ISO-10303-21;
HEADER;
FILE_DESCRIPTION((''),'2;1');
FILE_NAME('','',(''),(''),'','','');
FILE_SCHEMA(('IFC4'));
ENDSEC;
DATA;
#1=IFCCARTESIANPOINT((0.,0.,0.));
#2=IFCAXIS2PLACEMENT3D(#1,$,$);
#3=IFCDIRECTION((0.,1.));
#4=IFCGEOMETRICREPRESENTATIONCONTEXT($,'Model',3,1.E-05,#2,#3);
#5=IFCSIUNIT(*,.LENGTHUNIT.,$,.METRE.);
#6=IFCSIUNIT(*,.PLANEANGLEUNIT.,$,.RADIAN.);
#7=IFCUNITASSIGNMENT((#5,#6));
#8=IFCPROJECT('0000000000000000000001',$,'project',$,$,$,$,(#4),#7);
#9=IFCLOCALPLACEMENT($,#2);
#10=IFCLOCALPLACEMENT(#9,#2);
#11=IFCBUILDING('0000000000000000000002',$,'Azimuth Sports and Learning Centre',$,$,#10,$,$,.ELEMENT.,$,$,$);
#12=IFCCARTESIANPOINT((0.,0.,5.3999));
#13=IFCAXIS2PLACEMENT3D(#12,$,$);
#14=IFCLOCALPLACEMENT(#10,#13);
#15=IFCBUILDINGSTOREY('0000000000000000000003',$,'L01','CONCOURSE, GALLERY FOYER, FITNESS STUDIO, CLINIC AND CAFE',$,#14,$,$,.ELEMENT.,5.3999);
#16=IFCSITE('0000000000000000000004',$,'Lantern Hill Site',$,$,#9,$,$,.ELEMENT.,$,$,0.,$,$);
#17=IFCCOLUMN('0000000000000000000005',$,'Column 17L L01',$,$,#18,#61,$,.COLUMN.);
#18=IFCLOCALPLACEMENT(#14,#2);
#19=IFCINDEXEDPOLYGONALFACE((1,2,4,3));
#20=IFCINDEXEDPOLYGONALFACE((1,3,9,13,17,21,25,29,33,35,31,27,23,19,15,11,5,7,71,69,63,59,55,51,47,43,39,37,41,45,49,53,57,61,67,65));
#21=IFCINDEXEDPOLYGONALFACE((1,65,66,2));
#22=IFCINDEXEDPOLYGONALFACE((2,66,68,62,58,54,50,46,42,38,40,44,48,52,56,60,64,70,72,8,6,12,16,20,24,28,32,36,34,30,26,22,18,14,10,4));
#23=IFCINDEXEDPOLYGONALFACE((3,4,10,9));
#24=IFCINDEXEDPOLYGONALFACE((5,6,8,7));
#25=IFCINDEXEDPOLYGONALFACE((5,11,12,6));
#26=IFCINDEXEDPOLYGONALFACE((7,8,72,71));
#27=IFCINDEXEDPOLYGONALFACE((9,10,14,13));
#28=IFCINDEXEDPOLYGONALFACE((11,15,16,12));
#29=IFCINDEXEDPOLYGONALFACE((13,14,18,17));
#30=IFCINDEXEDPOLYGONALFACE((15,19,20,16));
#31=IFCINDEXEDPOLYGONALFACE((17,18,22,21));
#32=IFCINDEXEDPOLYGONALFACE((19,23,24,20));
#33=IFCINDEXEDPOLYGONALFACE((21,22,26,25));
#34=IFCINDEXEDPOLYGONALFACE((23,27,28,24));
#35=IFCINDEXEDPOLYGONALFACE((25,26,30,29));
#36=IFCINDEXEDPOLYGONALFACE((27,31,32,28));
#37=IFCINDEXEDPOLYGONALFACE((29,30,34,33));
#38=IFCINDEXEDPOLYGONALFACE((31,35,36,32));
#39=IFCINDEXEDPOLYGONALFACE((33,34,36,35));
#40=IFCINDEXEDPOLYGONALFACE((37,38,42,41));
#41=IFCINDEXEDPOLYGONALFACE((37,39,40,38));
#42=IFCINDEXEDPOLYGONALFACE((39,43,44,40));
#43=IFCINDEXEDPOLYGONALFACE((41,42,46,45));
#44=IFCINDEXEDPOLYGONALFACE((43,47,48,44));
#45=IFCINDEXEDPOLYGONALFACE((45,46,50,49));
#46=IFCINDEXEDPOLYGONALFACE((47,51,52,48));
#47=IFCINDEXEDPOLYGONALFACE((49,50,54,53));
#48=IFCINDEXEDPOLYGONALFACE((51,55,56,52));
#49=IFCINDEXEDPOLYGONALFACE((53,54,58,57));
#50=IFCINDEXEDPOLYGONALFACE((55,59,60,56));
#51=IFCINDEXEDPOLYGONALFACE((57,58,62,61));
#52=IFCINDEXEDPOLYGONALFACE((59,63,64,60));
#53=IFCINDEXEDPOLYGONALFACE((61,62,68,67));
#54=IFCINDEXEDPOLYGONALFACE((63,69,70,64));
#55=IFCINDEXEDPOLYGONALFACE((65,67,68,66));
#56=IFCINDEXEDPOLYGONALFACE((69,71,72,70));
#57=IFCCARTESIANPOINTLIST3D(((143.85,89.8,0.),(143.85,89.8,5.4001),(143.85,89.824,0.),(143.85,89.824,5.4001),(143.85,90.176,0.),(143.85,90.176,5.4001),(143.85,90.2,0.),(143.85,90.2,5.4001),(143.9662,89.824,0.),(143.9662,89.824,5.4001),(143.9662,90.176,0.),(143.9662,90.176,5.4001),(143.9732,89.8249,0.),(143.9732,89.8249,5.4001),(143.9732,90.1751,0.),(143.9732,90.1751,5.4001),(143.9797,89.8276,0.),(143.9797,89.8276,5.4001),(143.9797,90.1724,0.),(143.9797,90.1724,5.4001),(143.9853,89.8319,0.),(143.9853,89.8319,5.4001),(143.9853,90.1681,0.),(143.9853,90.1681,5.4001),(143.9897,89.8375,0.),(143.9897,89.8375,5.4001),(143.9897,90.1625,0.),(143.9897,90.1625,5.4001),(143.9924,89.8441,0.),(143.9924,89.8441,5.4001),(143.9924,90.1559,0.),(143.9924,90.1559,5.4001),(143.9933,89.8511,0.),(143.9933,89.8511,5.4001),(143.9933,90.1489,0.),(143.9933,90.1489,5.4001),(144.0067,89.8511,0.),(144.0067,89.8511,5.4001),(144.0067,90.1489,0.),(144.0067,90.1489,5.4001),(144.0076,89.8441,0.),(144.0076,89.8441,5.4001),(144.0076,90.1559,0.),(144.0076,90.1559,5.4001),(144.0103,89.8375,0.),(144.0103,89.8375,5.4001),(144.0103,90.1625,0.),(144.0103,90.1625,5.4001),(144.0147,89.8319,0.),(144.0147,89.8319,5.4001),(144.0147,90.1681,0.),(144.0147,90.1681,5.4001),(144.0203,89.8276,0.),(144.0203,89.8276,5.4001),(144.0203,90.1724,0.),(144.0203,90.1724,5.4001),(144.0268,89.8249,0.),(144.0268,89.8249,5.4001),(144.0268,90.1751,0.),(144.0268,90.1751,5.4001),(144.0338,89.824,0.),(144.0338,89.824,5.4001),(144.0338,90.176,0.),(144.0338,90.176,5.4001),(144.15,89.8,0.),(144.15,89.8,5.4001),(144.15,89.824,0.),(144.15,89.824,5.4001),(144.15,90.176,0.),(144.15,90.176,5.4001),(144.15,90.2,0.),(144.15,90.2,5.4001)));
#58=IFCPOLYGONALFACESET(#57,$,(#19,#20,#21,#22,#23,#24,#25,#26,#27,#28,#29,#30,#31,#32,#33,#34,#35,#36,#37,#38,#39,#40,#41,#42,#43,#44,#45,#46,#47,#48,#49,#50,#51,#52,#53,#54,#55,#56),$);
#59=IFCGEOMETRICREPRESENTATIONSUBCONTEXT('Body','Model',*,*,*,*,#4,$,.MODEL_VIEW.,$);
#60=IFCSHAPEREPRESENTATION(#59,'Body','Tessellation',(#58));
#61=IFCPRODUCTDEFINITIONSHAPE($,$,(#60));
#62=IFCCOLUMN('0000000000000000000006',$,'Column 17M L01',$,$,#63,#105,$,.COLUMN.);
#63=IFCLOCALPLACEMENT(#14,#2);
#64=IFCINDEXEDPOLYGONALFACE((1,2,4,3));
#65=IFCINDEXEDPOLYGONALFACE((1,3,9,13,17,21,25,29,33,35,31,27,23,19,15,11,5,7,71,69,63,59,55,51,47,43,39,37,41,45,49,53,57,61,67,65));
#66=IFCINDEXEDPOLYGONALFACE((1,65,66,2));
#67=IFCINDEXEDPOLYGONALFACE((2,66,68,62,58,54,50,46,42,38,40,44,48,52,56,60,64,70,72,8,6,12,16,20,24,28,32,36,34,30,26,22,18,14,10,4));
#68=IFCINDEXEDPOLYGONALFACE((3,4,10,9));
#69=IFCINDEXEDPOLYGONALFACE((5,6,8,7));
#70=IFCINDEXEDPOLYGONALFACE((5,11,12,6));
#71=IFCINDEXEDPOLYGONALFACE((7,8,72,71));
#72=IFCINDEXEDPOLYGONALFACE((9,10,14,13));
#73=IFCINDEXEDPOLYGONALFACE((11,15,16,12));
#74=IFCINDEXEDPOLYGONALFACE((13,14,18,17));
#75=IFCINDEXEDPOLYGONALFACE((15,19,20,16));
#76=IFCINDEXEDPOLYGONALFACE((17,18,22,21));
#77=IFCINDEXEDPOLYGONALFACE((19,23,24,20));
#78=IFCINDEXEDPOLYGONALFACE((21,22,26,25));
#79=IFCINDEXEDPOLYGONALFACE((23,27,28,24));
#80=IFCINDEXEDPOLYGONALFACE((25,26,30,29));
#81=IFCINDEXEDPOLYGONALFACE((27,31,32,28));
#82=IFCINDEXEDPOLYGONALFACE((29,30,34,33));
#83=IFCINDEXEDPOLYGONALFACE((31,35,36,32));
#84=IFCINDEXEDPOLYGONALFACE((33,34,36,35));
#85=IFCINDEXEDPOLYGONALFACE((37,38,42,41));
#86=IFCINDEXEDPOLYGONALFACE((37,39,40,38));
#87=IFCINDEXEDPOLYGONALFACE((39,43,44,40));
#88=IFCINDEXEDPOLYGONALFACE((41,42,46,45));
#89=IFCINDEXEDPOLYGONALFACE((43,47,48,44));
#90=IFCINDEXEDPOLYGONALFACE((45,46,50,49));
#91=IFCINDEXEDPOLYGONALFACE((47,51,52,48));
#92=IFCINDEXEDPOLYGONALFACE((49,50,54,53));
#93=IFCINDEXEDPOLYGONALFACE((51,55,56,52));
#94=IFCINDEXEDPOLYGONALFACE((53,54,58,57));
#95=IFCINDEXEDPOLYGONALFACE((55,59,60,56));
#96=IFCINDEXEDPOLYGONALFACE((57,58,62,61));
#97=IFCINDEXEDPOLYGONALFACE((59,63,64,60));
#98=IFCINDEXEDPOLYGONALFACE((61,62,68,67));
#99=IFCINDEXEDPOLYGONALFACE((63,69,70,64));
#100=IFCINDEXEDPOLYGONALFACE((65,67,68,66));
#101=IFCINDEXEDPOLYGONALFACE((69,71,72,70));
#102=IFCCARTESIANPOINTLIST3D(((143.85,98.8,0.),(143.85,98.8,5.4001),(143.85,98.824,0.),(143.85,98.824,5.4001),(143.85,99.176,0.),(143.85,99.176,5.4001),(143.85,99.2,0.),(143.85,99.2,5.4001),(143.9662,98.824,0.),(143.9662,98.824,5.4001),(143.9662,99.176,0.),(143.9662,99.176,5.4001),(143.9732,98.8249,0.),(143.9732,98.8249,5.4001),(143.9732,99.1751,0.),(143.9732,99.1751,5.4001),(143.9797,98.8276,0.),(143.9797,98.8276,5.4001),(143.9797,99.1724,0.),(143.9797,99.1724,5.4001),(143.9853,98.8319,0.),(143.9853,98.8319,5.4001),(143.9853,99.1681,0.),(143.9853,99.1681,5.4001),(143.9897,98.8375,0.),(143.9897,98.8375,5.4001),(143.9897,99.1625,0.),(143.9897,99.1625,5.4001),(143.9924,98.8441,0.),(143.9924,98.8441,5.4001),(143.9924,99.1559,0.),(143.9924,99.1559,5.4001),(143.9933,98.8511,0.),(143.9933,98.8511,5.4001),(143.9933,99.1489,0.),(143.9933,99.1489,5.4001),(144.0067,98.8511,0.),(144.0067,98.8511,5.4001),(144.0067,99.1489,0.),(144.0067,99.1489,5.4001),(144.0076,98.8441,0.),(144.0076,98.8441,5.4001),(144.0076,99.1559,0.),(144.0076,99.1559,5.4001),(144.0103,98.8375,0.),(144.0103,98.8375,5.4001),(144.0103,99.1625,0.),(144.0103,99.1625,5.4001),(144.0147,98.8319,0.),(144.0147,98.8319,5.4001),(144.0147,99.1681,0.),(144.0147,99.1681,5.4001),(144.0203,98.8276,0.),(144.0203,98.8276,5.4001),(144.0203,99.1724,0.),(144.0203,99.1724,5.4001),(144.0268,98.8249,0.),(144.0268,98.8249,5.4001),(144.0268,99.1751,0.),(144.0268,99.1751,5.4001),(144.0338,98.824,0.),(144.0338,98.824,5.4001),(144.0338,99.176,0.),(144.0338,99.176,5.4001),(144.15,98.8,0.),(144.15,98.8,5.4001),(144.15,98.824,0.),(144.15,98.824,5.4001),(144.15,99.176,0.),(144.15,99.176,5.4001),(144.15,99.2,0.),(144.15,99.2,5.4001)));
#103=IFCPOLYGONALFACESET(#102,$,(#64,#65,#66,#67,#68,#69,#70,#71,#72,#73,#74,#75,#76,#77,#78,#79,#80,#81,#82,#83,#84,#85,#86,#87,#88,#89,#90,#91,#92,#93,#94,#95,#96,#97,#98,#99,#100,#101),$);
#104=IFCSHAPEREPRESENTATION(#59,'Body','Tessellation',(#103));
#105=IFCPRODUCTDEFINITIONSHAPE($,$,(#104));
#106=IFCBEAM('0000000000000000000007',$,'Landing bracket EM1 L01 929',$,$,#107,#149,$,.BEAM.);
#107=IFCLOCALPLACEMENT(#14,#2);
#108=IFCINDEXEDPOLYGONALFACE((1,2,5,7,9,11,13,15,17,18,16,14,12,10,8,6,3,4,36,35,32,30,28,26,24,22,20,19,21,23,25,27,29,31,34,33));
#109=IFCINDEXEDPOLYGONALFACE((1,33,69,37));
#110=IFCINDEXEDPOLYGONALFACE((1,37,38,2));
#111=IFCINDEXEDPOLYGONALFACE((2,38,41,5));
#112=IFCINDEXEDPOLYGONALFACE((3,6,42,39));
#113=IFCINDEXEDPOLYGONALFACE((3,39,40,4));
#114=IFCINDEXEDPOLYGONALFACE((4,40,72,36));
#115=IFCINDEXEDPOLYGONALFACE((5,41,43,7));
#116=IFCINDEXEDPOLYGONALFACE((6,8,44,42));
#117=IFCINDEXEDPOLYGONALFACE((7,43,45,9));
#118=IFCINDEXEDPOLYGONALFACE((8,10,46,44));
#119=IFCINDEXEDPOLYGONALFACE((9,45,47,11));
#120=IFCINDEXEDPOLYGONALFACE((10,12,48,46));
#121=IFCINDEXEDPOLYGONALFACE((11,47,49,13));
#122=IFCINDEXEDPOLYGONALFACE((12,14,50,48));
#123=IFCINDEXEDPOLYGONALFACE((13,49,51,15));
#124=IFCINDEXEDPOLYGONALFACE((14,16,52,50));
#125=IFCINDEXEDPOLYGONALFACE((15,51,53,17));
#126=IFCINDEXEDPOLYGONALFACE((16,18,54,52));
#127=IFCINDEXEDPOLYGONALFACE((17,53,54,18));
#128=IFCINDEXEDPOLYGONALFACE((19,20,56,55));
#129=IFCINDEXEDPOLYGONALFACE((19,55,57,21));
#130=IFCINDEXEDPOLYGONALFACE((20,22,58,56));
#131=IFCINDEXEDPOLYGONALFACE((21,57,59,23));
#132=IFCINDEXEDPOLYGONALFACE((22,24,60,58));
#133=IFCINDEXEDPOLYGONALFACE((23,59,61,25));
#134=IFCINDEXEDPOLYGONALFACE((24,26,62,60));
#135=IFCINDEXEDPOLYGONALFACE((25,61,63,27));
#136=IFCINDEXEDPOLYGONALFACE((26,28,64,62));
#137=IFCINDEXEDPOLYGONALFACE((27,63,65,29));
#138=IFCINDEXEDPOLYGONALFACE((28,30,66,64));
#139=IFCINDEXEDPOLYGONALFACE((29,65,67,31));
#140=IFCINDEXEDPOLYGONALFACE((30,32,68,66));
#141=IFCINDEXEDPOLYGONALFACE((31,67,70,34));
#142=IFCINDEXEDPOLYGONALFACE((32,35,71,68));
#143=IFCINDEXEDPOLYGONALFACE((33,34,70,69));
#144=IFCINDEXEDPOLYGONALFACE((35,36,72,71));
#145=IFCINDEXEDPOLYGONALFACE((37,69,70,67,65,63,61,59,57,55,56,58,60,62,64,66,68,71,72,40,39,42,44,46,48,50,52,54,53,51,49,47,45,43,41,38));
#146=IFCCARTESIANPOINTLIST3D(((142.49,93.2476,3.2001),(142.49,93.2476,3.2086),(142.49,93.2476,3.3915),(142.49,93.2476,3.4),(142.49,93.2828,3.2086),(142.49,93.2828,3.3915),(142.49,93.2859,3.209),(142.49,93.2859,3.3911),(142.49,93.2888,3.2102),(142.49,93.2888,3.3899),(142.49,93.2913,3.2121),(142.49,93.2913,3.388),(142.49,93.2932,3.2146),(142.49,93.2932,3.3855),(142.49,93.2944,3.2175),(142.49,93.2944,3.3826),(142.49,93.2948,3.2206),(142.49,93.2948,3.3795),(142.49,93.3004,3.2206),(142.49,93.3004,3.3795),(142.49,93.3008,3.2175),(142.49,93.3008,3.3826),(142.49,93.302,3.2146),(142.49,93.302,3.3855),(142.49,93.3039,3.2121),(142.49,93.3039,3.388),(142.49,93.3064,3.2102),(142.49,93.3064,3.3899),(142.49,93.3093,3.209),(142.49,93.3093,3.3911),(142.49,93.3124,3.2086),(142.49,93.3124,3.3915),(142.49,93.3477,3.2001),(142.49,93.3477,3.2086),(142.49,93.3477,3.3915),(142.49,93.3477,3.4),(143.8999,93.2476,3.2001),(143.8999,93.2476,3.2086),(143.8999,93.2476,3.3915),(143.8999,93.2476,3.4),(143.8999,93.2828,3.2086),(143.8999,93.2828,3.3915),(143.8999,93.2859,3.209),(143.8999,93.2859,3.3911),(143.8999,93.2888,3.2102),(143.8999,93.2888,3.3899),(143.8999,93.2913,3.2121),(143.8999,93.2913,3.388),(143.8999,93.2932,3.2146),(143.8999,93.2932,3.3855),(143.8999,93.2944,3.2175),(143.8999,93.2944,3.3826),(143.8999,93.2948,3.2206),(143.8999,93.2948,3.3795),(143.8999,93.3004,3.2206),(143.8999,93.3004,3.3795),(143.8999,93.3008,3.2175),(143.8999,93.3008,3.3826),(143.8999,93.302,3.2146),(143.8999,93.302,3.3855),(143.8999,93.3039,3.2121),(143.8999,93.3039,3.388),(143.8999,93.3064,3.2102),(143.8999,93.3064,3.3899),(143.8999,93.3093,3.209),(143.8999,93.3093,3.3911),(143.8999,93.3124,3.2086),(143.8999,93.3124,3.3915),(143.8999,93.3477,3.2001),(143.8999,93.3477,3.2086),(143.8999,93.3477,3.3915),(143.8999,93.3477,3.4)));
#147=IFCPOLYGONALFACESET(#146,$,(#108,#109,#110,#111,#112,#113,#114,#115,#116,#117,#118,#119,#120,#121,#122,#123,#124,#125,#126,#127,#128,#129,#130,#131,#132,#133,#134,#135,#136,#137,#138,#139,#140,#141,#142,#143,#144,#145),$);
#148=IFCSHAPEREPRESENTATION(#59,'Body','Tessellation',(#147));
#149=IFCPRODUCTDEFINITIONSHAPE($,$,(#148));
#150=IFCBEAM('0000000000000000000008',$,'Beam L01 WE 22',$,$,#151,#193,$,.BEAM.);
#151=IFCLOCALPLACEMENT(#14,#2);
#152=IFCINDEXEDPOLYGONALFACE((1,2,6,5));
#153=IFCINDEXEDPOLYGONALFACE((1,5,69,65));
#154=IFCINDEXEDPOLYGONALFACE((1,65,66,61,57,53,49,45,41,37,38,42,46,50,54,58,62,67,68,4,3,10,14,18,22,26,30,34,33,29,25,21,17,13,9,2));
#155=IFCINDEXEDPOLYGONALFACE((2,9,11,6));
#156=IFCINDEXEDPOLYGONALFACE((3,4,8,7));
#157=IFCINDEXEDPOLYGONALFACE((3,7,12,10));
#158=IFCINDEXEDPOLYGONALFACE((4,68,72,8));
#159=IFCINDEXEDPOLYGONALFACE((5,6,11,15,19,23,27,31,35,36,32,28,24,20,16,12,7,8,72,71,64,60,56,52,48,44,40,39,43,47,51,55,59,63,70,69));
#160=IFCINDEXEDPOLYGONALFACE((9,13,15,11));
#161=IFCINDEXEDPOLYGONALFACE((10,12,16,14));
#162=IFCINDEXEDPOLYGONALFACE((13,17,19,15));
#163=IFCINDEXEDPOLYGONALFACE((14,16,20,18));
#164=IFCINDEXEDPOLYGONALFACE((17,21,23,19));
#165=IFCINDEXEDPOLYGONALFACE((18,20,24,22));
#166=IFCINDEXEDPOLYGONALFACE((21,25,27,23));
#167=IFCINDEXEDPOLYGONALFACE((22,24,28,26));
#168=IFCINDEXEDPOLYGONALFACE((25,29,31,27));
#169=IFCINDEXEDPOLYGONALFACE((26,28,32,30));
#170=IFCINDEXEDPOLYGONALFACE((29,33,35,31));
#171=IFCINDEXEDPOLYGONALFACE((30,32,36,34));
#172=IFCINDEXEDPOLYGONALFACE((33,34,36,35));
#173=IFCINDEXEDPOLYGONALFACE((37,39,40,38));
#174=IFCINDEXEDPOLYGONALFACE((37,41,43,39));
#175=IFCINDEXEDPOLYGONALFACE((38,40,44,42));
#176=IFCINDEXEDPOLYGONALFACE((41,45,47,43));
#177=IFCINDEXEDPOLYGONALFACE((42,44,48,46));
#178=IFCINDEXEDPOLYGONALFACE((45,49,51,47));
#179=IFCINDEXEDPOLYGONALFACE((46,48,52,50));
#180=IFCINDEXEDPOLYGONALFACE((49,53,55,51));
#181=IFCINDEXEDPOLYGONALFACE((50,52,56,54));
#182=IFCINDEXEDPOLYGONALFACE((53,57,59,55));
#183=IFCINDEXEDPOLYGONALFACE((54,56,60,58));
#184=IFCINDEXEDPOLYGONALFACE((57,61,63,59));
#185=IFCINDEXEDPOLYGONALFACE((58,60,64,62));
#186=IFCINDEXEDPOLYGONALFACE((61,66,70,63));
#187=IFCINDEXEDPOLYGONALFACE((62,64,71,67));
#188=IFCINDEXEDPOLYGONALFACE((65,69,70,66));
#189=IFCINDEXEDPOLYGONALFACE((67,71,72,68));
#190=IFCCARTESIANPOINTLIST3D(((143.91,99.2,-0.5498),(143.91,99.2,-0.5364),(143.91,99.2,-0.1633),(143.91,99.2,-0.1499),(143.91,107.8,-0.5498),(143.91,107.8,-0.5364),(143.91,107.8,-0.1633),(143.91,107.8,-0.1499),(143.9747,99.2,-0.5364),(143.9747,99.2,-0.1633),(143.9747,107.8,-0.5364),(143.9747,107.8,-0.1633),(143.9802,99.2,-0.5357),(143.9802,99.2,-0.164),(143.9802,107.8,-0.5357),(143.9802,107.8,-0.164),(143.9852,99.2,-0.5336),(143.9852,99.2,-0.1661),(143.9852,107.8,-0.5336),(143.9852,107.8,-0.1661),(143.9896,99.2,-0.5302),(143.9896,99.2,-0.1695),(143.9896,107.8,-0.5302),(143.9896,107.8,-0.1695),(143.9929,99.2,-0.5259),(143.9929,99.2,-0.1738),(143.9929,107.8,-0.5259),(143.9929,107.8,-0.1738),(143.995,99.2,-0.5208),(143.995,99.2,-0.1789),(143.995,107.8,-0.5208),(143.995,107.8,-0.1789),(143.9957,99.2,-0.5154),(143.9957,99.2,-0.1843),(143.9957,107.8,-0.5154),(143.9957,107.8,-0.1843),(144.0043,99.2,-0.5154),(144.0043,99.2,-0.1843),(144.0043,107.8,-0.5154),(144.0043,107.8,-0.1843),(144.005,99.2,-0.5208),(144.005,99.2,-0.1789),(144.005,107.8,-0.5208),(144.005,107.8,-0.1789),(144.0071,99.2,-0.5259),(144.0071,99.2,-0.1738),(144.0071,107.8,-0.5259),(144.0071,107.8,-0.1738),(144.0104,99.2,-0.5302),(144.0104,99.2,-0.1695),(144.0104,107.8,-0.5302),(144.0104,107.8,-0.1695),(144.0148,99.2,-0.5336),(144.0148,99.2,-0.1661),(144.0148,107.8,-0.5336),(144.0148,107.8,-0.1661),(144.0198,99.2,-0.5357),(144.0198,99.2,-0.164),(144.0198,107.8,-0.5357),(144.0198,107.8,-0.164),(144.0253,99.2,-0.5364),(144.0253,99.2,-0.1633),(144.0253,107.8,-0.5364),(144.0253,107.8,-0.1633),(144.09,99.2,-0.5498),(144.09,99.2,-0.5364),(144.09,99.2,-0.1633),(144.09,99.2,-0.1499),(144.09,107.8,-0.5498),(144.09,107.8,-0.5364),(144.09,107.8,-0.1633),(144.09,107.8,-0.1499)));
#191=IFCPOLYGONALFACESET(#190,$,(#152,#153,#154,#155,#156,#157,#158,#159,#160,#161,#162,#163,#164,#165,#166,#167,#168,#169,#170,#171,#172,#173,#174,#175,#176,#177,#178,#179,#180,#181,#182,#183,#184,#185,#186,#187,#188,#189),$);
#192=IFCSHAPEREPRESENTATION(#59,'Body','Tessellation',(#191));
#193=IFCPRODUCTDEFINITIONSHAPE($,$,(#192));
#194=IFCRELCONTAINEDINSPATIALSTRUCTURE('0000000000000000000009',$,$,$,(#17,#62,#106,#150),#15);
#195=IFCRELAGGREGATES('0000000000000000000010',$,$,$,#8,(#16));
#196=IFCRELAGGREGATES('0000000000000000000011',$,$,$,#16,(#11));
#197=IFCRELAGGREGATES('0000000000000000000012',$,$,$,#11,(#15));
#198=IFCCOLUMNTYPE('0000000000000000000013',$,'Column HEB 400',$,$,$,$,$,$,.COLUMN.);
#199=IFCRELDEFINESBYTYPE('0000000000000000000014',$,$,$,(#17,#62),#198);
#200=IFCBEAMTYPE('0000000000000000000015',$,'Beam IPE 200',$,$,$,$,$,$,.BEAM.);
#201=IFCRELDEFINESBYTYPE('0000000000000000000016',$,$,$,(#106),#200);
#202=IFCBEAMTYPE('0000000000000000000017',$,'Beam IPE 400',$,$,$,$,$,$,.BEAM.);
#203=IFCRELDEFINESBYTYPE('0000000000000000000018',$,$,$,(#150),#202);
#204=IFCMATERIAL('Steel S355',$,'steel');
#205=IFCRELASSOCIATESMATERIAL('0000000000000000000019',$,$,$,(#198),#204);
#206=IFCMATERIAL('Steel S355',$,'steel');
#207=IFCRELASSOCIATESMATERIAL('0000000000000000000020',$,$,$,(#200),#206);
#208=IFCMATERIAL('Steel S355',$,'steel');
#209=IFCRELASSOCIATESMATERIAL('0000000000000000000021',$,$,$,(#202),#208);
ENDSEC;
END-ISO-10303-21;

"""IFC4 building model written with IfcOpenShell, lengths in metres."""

from ifc_helpers import new_model, si_unit, direction, frame, origin, origin_2d, place, context, subcontext, project, spatial, i_section, extrude, material, material_profile, profile_set, type_object, element, save


model = new_model("IFC4")

# Units and contexts
model_context = context("Model", 3, precision=1e-05, world=origin(), true_north=direction((0.0, 1.0)))
body_context = subcontext(model_context, "Body", "Model", "MODEL_VIEW")
ifc_project = project(units=[si_unit("LENGTHUNIT", "METRE"), si_unit("PLANEANGLEUNIT", "RADIAN")], contexts=[model_context])

# Site, building, storey
site_placement = place(None, origin())
site = spatial("IfcSite", under=ifc_project, at=site_placement, Name="Lantern Hill Site", CompositionType="ELEMENT", RefElevation=0.0)
building_placement = place(site_placement, origin())
building = spatial("IfcBuilding", under=site, at=building_placement, Name="Azimuth Sports and Learning Centre", CompositionType="ELEMENT")
storey_placement = place(building_placement, frame((0.0, 0.0, 5.3999)))
storey = spatial("IfcBuildingStorey", under=building, at=storey_placement, Name="L01", Description="CONCOURSE, GALLERY FOYER, FITNESS STUDIO, CLINIC AND CAFE", CompositionType="ELEMENT", Elevation=5.3999)

# Columns
ifc_material_1 = material(Name="Steel S355", Category="steel")
ifc_material_profile_1 = material_profile(ifc_material_1, i_section(OverallWidth=0.3, OverallDepth=0.3999, WebThickness=0.0134, FlangeThickness=0.0239, FilletRadius=0.0271, at=origin_2d()), Name="HEB 400")
ifc_profile_set_1 = profile_set([ifc_material_profile_1], Name="Steel S355")
column_type = type_object("IfcColumnType", Name="Column HEB 400", PredefinedType="COLUMN", material=ifc_profile_set_1)
for number, where, z_axis, x_axis, name in (
    (1, (144.0, 90.0, 0.0), (0.0, 0.0, 1.0), (1.0, 0.0, 0.0), "Column 17L L01"),
    (2, (144.0, 99.0, 0.0), (0.0, 0.0, 1.0), (1.0, 0.0, 0.0), "Column 17M L01"),
):
    element("IfcColumn", number, at=place(storey_placement, frame(where, z_axis=z_axis, x_axis=x_axis)), inside=storey, type_object=column_type, Name=name, PredefinedType="COLUMN", context=body_context, shape_type="SweptSolid", body=[
        extrude(i_section(OverallWidth=0.3, OverallDepth=0.3999, WebThickness=0.0134, FlangeThickness=0.0239, FilletRadius=0.0271, at=origin_2d()), origin(), (0.0, 0.0, 1.0), 5.4001),
    ])

# Beams
ifc_material_2 = material(Name="Steel S355", Category="steel")
ifc_material_profile_2 = material_profile(ifc_material_2, i_section(OverallWidth=0.1001, OverallDepth=0.2, WebThickness=0.0056, FlangeThickness=0.0085, FilletRadius=0.012, at=origin_2d()), Name="IPE 200")
ifc_profile_set_2 = profile_set([ifc_material_profile_2], Name="Steel S355")
beam_type_1 = type_object("IfcBeamType", Name="Beam IPE 200", PredefinedType="BEAM", material=ifc_profile_set_2)
beam_1_placement = place(storey_placement, frame((143.8999, 93.2976, 3.3), z_axis=(-1.0, 0.0, 0.0), x_axis=(0.0, -1.0, 0.0)))
element("IfcBeam", 3, at=beam_1_placement, inside=storey, type_object=beam_type_1, Name="Landing bracket EM1 L01 929", PredefinedType="BEAM", context=body_context, shape_type="SweptSolid", body=[
    extrude(i_section(OverallWidth=0.1001, OverallDepth=0.2, WebThickness=0.0056, FlangeThickness=0.0085, FilletRadius=0.012, at=origin_2d()), origin(), (0.0, 0.0, 1.0), 1.4099),
])
ifc_material_3 = material(Name="Steel S355", Category="steel")
ifc_material_profile_3 = material_profile(ifc_material_3, i_section(OverallWidth=0.1799, OverallDepth=0.3999, WebThickness=0.0085, FlangeThickness=0.0134, FilletRadius=0.021, at=origin_2d()), Name="IPE 400")
ifc_profile_set_3 = profile_set([ifc_material_profile_3], Name="Steel S355")
beam_type_2 = type_object("IfcBeamType", Name="Beam IPE 400", PredefinedType="BEAM", material=ifc_profile_set_3)
beam_2_placement = place(storey_placement, frame((144.0, 99.2, -0.3499), z_axis=(0.0, 1.0, 0.0), x_axis=(-1.0, 0.0, 0.0)))
element("IfcBeam", 4, at=beam_2_placement, inside=storey, type_object=beam_type_2, Name="Beam L01 WE 22", PredefinedType="BEAM", context=body_context, shape_type="SweptSolid", body=[
    extrude(i_section(OverallWidth=0.1799, OverallDepth=0.3999, WebThickness=0.0085, FlangeThickness=0.0134, FilletRadius=0.021, at=origin_2d()), origin(), (0.0, 0.0, 1.0), 8.6001),
])

save(model, "model.ifc")
